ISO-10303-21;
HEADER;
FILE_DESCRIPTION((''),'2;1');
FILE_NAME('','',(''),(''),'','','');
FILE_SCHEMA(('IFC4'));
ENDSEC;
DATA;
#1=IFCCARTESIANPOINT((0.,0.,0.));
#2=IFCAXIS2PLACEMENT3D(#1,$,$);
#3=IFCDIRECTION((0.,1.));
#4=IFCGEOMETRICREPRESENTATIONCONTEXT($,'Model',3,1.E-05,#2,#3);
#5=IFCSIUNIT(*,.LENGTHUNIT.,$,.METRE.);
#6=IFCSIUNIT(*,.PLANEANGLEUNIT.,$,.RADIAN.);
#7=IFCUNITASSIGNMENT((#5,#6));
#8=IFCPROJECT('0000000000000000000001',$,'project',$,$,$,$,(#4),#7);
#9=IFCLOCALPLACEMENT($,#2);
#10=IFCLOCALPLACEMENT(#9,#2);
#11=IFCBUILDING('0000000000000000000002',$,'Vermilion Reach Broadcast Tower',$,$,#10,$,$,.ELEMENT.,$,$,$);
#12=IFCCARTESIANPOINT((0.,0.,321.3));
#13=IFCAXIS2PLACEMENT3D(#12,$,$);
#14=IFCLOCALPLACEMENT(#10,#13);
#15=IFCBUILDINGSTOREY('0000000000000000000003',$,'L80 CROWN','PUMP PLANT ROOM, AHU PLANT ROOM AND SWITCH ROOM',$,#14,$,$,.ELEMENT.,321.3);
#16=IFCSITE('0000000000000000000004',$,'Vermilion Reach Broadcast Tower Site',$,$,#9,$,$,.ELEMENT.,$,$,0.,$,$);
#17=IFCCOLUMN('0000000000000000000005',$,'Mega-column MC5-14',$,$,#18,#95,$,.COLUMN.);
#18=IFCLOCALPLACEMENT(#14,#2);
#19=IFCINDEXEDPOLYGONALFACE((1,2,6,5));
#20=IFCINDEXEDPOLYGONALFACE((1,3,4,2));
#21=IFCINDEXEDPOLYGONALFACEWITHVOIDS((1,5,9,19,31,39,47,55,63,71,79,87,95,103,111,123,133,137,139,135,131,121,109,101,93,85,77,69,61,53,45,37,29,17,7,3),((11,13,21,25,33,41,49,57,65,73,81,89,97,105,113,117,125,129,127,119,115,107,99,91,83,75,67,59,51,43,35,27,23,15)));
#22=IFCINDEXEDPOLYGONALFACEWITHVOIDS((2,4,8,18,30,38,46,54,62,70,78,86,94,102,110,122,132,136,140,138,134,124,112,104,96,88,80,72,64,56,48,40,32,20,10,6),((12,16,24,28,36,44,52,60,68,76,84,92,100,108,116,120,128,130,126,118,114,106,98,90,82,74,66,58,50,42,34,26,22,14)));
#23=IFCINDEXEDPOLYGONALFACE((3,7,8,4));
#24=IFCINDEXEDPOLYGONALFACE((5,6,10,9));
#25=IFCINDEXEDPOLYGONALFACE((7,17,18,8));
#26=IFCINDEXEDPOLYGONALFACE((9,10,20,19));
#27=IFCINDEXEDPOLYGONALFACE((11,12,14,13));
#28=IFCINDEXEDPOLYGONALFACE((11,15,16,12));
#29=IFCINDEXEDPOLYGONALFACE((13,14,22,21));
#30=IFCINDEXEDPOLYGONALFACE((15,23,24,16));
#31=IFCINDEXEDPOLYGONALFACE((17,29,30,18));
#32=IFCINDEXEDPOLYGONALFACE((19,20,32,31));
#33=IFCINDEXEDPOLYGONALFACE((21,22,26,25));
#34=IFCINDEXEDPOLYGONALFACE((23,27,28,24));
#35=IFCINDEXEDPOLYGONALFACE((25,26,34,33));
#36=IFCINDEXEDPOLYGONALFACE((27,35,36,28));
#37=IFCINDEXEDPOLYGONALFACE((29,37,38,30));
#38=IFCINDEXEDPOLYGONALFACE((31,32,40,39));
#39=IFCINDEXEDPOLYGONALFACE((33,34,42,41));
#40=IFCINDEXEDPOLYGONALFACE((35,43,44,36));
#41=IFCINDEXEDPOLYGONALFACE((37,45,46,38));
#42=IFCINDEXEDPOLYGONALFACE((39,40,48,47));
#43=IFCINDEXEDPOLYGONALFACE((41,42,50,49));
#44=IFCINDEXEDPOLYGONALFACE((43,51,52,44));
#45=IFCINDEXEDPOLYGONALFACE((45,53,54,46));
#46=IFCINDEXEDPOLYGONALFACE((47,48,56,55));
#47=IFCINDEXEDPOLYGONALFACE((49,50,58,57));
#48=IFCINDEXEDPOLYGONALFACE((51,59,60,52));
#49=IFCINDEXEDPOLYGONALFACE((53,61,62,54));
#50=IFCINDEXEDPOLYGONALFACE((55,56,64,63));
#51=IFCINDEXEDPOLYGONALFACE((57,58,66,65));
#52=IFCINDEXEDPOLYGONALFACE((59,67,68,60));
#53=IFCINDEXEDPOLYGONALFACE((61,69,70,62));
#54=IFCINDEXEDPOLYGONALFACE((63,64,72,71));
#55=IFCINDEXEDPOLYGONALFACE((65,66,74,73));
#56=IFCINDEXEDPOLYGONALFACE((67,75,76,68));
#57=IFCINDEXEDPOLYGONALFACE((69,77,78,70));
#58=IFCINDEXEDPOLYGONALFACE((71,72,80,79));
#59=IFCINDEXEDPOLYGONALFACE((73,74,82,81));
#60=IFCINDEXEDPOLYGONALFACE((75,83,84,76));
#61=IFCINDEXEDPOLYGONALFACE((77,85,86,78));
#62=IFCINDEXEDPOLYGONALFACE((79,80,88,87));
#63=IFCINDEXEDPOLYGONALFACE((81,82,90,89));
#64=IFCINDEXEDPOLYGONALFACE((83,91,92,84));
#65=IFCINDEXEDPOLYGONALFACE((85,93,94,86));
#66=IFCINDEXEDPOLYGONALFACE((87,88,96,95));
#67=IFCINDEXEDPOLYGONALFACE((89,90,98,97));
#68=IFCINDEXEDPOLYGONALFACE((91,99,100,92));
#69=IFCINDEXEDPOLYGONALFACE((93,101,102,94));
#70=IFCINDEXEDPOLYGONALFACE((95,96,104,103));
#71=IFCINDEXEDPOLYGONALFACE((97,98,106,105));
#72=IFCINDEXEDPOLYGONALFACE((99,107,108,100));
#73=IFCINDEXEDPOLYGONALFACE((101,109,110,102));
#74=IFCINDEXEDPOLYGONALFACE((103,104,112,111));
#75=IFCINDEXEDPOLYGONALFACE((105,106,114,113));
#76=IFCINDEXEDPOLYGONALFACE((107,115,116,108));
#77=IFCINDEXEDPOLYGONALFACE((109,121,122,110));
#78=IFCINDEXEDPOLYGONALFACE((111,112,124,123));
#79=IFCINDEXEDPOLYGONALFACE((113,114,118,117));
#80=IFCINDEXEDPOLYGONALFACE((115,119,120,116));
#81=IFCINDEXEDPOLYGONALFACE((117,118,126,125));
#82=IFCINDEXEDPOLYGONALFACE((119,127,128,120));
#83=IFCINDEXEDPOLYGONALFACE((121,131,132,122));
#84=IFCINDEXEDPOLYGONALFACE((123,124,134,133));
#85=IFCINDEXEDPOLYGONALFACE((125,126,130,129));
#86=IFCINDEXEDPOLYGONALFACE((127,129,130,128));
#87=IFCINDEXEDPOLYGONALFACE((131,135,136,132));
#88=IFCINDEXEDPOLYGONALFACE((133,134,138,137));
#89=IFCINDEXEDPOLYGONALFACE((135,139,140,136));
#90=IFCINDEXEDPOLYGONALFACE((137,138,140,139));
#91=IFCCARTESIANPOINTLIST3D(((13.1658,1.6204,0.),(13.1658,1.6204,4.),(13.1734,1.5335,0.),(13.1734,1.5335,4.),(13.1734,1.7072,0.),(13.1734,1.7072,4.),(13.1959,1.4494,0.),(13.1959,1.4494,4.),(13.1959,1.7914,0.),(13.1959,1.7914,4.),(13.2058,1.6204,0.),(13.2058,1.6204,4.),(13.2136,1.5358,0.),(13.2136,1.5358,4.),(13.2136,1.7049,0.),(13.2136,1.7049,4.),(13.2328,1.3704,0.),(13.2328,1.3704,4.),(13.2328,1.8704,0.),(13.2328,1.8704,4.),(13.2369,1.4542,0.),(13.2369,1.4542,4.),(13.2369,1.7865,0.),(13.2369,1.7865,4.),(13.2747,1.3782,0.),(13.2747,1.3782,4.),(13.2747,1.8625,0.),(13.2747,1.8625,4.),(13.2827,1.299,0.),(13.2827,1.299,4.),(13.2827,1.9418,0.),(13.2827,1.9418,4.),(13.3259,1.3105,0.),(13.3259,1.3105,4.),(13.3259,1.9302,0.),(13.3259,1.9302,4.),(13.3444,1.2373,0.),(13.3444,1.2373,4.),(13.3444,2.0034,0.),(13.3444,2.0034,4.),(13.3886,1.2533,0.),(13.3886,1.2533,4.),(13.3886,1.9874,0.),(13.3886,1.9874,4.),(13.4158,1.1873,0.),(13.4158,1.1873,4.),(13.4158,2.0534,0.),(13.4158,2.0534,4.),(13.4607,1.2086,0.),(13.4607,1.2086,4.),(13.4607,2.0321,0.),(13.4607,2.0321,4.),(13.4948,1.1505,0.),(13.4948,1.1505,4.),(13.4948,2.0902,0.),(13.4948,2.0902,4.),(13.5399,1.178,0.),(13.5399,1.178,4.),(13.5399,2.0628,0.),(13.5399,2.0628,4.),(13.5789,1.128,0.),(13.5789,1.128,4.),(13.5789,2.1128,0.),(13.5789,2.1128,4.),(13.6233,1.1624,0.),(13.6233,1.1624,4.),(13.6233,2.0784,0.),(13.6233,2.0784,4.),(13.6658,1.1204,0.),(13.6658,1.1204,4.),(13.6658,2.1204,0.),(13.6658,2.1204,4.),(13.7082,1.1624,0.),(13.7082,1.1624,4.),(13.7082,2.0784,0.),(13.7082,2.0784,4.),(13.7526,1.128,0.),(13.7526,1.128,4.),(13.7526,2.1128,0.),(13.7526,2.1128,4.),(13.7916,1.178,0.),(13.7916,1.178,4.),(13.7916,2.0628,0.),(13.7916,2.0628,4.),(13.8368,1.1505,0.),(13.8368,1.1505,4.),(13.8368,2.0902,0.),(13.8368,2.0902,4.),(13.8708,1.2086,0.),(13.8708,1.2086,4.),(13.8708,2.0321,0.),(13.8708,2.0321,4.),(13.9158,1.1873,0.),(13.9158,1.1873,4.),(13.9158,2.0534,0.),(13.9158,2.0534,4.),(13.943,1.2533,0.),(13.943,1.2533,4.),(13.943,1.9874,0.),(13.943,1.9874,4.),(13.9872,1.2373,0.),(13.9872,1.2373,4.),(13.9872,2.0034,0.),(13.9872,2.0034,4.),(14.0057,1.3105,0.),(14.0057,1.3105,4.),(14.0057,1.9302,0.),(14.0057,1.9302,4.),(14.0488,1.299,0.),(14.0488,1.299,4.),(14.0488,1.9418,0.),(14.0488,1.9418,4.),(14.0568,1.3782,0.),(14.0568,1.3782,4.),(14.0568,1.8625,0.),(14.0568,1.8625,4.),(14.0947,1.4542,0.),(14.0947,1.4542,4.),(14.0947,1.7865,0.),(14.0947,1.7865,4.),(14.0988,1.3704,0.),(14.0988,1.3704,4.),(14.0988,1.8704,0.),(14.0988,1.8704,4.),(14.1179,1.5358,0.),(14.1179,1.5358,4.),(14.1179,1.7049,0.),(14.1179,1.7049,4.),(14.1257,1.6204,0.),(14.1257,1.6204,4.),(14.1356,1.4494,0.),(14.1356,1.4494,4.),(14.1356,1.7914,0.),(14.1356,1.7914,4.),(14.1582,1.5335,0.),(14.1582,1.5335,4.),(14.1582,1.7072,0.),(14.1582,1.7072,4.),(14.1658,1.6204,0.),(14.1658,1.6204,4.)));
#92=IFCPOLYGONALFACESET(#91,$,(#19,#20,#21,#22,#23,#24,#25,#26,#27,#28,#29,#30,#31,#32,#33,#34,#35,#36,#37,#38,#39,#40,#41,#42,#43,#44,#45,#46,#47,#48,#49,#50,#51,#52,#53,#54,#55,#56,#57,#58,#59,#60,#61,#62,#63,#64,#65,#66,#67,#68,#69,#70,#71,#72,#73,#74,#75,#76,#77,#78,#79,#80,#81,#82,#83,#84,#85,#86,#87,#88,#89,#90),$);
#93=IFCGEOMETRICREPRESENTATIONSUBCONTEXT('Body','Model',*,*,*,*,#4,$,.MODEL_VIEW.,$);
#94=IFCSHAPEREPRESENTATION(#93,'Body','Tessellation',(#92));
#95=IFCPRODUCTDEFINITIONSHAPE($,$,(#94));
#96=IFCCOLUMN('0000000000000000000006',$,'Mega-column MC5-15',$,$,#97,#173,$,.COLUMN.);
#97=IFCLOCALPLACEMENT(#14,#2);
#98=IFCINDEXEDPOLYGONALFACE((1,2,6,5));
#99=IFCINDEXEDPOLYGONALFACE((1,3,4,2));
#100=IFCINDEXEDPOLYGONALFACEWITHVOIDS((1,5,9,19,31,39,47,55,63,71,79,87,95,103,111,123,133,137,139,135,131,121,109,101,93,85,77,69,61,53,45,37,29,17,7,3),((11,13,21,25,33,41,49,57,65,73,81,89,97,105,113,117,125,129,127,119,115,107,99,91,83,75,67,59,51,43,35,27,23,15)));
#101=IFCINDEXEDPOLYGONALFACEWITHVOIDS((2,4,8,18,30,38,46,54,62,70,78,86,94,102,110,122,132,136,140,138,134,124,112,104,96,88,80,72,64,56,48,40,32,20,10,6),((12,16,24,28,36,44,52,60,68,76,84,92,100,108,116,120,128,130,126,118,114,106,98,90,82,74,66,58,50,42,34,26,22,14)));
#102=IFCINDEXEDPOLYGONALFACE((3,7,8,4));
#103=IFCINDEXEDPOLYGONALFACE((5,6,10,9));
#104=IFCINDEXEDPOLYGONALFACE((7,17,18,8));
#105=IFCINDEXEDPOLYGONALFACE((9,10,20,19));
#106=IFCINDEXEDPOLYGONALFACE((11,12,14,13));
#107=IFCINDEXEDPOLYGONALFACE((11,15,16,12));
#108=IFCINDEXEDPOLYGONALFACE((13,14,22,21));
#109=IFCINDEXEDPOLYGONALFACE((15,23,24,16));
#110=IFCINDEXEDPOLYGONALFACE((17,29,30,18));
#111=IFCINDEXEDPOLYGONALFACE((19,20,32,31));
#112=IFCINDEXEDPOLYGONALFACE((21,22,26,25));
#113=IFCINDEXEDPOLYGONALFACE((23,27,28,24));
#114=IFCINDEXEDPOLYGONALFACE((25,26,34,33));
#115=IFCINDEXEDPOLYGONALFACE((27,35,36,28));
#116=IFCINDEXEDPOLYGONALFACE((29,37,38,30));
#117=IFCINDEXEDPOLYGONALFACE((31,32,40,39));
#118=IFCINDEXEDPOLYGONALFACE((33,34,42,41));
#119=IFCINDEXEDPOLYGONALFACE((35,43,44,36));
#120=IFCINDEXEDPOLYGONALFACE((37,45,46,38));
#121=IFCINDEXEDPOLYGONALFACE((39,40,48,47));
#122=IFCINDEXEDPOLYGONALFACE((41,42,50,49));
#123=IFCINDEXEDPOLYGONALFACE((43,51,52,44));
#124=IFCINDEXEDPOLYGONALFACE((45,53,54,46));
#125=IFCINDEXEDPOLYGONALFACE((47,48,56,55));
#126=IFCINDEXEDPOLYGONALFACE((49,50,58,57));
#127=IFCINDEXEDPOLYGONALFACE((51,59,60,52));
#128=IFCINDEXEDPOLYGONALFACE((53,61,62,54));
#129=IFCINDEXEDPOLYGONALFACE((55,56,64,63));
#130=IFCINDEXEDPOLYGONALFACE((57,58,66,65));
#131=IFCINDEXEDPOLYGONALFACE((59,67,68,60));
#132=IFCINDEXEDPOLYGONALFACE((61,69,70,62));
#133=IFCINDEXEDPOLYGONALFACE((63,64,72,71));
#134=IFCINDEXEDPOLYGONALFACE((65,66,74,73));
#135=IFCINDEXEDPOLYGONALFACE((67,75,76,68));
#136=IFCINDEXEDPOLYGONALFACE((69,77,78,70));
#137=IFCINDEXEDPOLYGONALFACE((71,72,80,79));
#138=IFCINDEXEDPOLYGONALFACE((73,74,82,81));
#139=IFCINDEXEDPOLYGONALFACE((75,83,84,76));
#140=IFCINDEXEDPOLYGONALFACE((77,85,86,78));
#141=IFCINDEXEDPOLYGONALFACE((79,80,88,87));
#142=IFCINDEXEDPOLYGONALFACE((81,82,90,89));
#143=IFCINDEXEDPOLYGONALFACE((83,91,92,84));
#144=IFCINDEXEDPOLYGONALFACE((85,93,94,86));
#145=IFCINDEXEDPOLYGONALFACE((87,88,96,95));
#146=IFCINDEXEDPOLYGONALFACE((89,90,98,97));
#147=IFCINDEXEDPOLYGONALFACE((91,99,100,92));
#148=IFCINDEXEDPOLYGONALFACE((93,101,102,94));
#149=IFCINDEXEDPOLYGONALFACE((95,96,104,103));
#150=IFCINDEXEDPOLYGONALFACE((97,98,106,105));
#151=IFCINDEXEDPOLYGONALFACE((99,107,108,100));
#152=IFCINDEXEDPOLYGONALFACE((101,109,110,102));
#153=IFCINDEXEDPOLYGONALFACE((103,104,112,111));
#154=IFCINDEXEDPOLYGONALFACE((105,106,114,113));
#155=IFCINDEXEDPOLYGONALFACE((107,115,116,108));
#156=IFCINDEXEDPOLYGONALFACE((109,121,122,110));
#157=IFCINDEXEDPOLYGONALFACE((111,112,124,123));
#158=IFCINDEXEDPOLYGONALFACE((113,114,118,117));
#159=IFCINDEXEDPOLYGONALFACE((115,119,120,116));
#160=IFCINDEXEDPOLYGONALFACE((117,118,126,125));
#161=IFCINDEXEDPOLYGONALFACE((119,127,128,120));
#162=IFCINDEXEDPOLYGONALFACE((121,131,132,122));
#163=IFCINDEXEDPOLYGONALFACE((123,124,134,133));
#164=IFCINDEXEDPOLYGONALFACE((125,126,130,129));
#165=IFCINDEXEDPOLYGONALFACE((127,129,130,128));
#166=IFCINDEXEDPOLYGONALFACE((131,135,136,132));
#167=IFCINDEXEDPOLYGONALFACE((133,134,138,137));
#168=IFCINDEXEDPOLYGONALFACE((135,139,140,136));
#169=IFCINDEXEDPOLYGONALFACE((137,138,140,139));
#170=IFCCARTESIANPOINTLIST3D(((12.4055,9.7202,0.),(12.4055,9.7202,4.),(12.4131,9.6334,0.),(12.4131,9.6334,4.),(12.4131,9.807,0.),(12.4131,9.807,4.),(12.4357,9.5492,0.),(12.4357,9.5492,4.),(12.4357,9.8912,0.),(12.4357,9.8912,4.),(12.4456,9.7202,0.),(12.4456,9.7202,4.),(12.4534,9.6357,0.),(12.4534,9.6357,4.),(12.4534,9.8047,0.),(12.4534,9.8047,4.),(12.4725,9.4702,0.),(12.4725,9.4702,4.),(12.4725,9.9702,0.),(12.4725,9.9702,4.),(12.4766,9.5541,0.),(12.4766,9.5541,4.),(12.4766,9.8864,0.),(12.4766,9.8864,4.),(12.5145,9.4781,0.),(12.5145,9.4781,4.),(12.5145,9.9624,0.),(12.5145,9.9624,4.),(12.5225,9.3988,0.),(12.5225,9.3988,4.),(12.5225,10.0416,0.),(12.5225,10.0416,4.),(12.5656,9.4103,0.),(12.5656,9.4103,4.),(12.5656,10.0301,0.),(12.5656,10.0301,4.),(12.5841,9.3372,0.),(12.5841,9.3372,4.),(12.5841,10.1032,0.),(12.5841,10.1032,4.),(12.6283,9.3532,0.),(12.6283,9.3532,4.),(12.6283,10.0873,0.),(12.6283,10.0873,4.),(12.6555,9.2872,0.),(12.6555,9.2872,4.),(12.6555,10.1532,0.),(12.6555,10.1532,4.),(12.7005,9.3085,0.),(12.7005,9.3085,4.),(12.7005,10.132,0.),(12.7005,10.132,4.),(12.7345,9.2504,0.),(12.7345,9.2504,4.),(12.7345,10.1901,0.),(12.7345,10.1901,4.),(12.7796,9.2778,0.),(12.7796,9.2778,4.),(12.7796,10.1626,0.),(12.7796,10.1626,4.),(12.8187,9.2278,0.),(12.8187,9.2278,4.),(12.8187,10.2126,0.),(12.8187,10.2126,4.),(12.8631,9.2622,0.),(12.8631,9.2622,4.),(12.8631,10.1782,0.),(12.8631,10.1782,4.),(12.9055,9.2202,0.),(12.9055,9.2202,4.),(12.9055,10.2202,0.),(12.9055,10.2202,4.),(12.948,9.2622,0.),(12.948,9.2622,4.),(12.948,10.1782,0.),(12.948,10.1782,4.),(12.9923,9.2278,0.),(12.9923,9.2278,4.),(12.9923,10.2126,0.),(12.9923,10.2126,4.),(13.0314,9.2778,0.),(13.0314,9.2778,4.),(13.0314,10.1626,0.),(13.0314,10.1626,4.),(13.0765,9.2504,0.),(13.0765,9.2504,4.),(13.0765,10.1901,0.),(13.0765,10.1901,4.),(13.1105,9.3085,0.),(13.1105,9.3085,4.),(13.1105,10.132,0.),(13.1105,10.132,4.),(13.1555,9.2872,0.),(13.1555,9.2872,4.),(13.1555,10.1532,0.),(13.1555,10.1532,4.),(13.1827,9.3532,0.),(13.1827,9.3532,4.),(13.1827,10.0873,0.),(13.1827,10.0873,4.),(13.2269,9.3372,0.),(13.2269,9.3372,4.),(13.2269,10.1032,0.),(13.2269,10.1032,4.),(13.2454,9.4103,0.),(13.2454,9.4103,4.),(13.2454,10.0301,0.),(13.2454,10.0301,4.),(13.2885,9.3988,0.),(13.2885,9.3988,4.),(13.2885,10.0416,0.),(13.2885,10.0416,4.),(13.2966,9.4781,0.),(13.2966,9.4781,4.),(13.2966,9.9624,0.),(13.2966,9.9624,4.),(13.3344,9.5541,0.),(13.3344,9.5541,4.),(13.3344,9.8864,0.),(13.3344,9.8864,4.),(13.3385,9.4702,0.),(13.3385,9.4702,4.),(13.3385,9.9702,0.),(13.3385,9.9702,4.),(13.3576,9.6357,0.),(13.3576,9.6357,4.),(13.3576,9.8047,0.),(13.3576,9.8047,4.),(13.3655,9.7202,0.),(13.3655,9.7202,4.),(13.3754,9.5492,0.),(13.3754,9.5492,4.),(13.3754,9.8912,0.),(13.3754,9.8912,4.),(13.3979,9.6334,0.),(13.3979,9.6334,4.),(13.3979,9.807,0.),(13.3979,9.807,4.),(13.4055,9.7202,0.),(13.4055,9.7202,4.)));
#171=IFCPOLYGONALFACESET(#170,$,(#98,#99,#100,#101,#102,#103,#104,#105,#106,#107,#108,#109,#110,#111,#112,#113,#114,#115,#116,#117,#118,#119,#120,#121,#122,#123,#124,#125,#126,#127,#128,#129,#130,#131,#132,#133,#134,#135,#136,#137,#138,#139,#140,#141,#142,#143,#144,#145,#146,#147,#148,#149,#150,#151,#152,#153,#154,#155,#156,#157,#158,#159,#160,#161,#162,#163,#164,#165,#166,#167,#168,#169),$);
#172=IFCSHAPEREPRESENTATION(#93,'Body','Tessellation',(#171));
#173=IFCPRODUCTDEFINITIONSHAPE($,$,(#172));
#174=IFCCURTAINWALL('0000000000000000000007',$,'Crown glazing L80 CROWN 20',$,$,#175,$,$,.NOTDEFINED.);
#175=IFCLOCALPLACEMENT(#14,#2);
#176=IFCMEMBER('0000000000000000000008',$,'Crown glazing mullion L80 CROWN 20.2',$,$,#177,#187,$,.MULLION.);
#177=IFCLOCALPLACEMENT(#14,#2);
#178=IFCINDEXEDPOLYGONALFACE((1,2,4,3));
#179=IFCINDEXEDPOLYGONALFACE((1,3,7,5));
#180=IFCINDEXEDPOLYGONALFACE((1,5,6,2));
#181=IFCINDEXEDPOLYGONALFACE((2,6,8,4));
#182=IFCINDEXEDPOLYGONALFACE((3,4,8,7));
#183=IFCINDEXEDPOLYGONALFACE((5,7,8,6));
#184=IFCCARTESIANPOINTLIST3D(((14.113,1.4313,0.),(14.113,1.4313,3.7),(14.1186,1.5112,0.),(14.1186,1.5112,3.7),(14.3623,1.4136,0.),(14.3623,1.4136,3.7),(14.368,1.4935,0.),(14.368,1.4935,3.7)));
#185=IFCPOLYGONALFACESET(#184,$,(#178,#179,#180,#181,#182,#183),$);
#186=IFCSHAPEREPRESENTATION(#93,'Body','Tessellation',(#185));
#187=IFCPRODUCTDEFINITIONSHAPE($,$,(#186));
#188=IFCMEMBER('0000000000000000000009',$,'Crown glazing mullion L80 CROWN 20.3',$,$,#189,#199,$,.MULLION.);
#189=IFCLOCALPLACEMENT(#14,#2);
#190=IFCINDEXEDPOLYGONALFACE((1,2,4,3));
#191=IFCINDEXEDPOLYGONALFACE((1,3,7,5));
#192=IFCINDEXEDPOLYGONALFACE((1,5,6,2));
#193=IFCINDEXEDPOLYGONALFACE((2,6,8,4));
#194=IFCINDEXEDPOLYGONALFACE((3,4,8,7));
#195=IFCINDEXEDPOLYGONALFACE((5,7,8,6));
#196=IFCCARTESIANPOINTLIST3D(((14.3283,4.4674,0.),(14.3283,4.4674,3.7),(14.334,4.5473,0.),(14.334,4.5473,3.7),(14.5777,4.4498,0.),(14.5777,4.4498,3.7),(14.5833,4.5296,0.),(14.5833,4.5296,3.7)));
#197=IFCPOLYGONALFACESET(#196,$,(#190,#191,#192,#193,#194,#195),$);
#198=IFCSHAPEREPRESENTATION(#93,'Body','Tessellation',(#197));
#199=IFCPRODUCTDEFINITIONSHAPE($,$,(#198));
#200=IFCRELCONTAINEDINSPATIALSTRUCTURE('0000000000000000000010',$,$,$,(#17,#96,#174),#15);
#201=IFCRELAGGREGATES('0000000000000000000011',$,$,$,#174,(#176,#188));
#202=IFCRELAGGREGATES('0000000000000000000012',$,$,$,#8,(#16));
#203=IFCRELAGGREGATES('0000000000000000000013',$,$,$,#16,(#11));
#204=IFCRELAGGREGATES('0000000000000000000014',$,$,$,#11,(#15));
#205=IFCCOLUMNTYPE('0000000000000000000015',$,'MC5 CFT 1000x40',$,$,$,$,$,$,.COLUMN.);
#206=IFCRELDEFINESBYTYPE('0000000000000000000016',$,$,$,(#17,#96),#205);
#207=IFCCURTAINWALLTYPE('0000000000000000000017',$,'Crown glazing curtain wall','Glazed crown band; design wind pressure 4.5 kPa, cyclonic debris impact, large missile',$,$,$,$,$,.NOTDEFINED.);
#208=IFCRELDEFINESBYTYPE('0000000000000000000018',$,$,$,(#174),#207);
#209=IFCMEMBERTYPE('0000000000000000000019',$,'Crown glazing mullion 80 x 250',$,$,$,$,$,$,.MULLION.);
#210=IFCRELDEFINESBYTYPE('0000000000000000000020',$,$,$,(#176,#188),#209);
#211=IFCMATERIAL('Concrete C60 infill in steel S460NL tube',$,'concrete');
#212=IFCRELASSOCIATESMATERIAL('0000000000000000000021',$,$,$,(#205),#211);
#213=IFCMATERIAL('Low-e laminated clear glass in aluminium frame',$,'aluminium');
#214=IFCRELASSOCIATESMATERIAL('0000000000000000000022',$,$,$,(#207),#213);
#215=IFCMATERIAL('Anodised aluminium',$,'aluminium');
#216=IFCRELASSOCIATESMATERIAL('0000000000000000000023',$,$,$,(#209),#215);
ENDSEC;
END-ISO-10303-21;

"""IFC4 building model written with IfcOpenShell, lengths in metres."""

from ifc_helpers import new_model, si_unit, direction, frame, origin, origin_2d, place, context, subcontext, project, spatial, rectangle, hollow_circle, extrude, material, material_profile, profile_set, type_object, element, aggregate, save


model = new_model("IFC4")

# Units and contexts
model_context = context("Model", 3, precision=1e-05, world=origin(), true_north=direction((0.0, 1.0)))
body_context = subcontext(model_context, "Body", "Model", "MODEL_VIEW")
ifc_project = project(units=[si_unit("LENGTHUNIT", "METRE"), si_unit("PLANEANGLEUNIT", "RADIAN")], contexts=[model_context])

# Site, building, storey
site_placement = place(None, origin())
site = spatial("IfcSite", under=ifc_project, at=site_placement, Name="Vermilion Reach Broadcast Tower Site", CompositionType="ELEMENT", RefElevation=0.0)
building_placement = place(site_placement, origin())
building = spatial("IfcBuilding", under=site, at=building_placement, Name="Vermilion Reach Broadcast Tower", CompositionType="ELEMENT")
storey_placement = place(building_placement, frame((0.0, 0.0, 321.3)))
storey = spatial("IfcBuildingStorey", under=building, at=storey_placement, Name="L80 CROWN", Description="PUMP PLANT ROOM, AHU PLANT ROOM AND SWITCH ROOM", CompositionType="ELEMENT", Elevation=321.3)

# Columns
ifc_material_1 = material(Name="Concrete C60 infill in steel S460NL tube", Category="concrete")
ifc_material_profile_1 = material_profile(ifc_material_1, hollow_circle(Radius=0.5, WallThickness=0.04, at=origin_2d()), Name="Concrete C60 infill in steel S460NL tube CFT 1000x40")
ifc_profile_set_1 = profile_set([ifc_material_profile_1], Name="Concrete C60 infill in steel S460NL tube")
column_type = type_object("IfcColumnType", Name="MC5 CFT 1000x40", PredefinedType="COLUMN", material=ifc_profile_set_1)
for number, where, z_axis, x_axis, name in (
    (1, (13.6658, 1.6204, 0.0), (0.0, 0.0, 1.0), (1.0, 0.0, 0.0), "Mega-column MC5-14"),
    (2, (12.9055, 9.7202, 0.0), (0.0, 0.0, 1.0), (1.0, 0.0, 0.0), "Mega-column MC5-15"),
):
    element("IfcColumn", number, at=place(storey_placement, frame(where, z_axis=z_axis, x_axis=x_axis)), inside=storey, type_object=column_type, Name=name, PredefinedType="COLUMN", context=body_context, shape_type="SweptSolid", body=[
        extrude(hollow_circle(Radius=0.5, WallThickness=0.04, at=origin_2d()), origin(), (0.0, 0.0, 1.0), 4.0),
    ])

# Curtain wall, members
ifc_material_2 = material(Name="Low-e laminated clear glass in aluminium frame", Category="aluminium")
curtain_wall_type = type_object("IfcCurtainWallType", Name="Crown glazing curtain wall", Description="Glazed crown band; design wind pressure 4.5 kPa, cyclonic debris impact, large missile", PredefinedType="NOTDEFINED", material=ifc_material_2)
placement = place(storey_placement, origin())
curtain_wall_1 = element("IfcCurtainWall", 3, at=placement, inside=storey, type_object=curtain_wall_type, Name="Crown glazing L80 CROWN 20", PredefinedType="NOTDEFINED")
ifc_material_3 = material(Name="Anodised aluminium", Category="aluminium")
ifc_material_profile_2 = material_profile(ifc_material_3, rectangle(XDim=0.25, YDim=0.0801, at=origin_2d()), Name="Crown glazing mullion 80 x 250")
ifc_profile_set_2 = profile_set([ifc_material_profile_2], Name="Anodised aluminium")
member_type_1 = type_object("IfcMemberType", Name="Crown glazing mullion 80 x 250", PredefinedType="MULLION", material=ifc_profile_set_2)
member_1_placement = place(storey_placement, frame((14.2405, 1.4624, 0.0), z_axis=(0.0, 0.0, 1.0), x_axis=(-0.9975, 0.070673, 0.0)))
member_1 = element("IfcMember", 4, at=member_1_placement, type_object=member_type_1, Name="Crown glazing mullion L80 CROWN 20.2", PredefinedType="MULLION", context=body_context, shape_type="SweptSolid", body=[
    extrude(rectangle(XDim=0.25, YDim=0.0801, at=origin_2d()), origin(), (0.0, 0.0, 1.0), 3.7),
])
member_2_placement = place(storey_placement, frame((14.4558, 4.4985, 0.0), z_axis=(0.0, 0.0, 1.0), x_axis=(-0.9975, 0.070673, 0.0)))
member_2 = element("IfcMember", 5, at=member_2_placement, type_object=member_type_1, Name="Crown glazing mullion L80 CROWN 20.3", PredefinedType="MULLION", context=body_context, shape_type="SweptSolid", body=[
    extrude(rectangle(XDim=0.25, YDim=0.0801, at=origin_2d()), origin(), (0.0, 0.0, 1.0), 3.7),
])

aggregate(curtain_wall_1, [member_1, member_2])

save(model, "model.ifc")
